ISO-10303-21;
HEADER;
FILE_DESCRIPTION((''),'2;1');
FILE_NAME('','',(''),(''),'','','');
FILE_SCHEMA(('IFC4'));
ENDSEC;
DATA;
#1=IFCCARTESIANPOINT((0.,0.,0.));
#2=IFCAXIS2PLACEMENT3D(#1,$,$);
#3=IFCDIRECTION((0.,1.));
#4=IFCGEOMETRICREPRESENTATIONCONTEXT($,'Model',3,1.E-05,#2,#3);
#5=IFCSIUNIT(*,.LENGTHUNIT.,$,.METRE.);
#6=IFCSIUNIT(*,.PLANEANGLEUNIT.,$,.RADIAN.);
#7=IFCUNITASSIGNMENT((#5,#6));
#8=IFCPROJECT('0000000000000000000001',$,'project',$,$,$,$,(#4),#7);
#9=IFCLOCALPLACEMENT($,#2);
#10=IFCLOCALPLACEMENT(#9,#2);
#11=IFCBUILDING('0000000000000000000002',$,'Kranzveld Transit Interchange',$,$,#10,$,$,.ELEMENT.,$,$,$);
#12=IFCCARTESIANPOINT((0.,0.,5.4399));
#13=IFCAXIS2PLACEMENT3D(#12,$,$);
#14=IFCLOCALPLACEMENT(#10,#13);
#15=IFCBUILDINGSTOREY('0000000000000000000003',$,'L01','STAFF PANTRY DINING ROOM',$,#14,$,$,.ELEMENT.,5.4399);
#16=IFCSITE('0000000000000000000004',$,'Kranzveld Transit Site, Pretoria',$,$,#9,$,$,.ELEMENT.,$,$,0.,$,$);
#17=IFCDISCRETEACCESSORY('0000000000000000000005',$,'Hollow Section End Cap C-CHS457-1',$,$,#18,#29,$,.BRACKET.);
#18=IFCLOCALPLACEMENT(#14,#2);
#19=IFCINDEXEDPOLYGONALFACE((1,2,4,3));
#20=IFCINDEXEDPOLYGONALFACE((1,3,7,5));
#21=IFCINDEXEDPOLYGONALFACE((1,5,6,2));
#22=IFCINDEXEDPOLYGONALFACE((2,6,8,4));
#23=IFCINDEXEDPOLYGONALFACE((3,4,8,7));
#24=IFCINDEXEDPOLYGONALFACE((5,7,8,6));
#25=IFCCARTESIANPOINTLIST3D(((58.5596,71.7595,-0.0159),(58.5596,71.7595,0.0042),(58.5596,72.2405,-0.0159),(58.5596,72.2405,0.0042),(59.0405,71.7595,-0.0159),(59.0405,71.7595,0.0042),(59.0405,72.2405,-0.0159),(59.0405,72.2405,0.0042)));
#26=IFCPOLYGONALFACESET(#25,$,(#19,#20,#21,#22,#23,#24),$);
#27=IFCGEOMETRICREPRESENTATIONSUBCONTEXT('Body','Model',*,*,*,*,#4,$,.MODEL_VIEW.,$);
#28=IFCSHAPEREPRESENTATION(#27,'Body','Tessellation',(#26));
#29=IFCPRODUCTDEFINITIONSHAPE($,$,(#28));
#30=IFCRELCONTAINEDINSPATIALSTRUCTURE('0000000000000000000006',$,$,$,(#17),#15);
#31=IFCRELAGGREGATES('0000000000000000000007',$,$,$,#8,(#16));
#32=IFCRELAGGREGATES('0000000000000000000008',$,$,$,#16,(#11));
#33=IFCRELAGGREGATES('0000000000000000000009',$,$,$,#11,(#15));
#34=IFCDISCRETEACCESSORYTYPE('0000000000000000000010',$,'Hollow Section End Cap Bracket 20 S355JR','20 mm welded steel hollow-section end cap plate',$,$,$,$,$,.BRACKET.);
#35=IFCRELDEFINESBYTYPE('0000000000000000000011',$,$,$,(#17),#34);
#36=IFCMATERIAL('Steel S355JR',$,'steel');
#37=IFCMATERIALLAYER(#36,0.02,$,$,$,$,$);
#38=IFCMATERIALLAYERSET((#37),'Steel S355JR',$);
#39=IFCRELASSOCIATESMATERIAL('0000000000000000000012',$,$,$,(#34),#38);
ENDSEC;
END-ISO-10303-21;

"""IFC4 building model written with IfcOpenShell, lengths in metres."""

from ifc_helpers import new_model, si_unit, direction, frame, origin, origin_2d, place, context, subcontext, project, spatial, rectangle, extrude, material, layer, layer_set, type_object, element, save


model = new_model("IFC4")

# Units and contexts
model_context = context("Model", 3, precision=1e-05, world=origin(), true_north=direction((0.0, 1.0)))
body_context = subcontext(model_context, "Body", "Model", "MODEL_VIEW")
ifc_project = project(units=[si_unit("LENGTHUNIT", "METRE"), si_unit("PLANEANGLEUNIT", "RADIAN")], contexts=[model_context])

# Site, building, storey
site_placement = place(None, origin())
site = spatial("IfcSite", under=ifc_project, at=site_placement, Name="Kranzveld Transit Site, Pretoria", CompositionType="ELEMENT", RefElevation=0.0)
building_placement = place(site_placement, origin())
building = spatial("IfcBuilding", under=site, at=building_placement, Name="Kranzveld Transit Interchange", CompositionType="ELEMENT")
storey_placement = place(building_placement, frame((0.0, 0.0, 5.4399)))
storey = spatial("IfcBuildingStorey", under=building, at=storey_placement, Name="L01", Description="STAFF PANTRY DINING ROOM", CompositionType="ELEMENT", Elevation=5.4399)

# Discrete accessory
ifc_material_1 = material(Name="Steel S355JR", Category="steel")
ifc_layer_1 = layer(ifc_material_1, 0.02)
ifc_layer_set_1 = layer_set([ifc_layer_1], Name="Steel S355JR")
discrete_accessory_type = type_object("IfcDiscreteAccessoryType", Name="Hollow Section End Cap Bracket 20 S355JR", Description="20 mm welded steel hollow-section end cap plate", PredefinedType="BRACKET", material=ifc_layer_set_1)
discrete_accessory_placement = place(storey_placement, frame((58.8, 72.0, 0.0042), z_axis=(0.0, 0.0, -1.0), x_axis=(1.0, 0.0, 0.0)))
element("IfcDiscreteAccessory", 1, at=discrete_accessory_placement, inside=storey, type_object=discrete_accessory_type, Name="Hollow Section End Cap C-CHS457-1", PredefinedType="BRACKET", context=body_context, shape_type="SweptSolid", body=[
    extrude(rectangle(XDim=0.481, YDim=0.481, at=origin_2d()), origin(), (0.0, 0.0, 1.0), 0.02),
])

save(model, "model.ifc")
